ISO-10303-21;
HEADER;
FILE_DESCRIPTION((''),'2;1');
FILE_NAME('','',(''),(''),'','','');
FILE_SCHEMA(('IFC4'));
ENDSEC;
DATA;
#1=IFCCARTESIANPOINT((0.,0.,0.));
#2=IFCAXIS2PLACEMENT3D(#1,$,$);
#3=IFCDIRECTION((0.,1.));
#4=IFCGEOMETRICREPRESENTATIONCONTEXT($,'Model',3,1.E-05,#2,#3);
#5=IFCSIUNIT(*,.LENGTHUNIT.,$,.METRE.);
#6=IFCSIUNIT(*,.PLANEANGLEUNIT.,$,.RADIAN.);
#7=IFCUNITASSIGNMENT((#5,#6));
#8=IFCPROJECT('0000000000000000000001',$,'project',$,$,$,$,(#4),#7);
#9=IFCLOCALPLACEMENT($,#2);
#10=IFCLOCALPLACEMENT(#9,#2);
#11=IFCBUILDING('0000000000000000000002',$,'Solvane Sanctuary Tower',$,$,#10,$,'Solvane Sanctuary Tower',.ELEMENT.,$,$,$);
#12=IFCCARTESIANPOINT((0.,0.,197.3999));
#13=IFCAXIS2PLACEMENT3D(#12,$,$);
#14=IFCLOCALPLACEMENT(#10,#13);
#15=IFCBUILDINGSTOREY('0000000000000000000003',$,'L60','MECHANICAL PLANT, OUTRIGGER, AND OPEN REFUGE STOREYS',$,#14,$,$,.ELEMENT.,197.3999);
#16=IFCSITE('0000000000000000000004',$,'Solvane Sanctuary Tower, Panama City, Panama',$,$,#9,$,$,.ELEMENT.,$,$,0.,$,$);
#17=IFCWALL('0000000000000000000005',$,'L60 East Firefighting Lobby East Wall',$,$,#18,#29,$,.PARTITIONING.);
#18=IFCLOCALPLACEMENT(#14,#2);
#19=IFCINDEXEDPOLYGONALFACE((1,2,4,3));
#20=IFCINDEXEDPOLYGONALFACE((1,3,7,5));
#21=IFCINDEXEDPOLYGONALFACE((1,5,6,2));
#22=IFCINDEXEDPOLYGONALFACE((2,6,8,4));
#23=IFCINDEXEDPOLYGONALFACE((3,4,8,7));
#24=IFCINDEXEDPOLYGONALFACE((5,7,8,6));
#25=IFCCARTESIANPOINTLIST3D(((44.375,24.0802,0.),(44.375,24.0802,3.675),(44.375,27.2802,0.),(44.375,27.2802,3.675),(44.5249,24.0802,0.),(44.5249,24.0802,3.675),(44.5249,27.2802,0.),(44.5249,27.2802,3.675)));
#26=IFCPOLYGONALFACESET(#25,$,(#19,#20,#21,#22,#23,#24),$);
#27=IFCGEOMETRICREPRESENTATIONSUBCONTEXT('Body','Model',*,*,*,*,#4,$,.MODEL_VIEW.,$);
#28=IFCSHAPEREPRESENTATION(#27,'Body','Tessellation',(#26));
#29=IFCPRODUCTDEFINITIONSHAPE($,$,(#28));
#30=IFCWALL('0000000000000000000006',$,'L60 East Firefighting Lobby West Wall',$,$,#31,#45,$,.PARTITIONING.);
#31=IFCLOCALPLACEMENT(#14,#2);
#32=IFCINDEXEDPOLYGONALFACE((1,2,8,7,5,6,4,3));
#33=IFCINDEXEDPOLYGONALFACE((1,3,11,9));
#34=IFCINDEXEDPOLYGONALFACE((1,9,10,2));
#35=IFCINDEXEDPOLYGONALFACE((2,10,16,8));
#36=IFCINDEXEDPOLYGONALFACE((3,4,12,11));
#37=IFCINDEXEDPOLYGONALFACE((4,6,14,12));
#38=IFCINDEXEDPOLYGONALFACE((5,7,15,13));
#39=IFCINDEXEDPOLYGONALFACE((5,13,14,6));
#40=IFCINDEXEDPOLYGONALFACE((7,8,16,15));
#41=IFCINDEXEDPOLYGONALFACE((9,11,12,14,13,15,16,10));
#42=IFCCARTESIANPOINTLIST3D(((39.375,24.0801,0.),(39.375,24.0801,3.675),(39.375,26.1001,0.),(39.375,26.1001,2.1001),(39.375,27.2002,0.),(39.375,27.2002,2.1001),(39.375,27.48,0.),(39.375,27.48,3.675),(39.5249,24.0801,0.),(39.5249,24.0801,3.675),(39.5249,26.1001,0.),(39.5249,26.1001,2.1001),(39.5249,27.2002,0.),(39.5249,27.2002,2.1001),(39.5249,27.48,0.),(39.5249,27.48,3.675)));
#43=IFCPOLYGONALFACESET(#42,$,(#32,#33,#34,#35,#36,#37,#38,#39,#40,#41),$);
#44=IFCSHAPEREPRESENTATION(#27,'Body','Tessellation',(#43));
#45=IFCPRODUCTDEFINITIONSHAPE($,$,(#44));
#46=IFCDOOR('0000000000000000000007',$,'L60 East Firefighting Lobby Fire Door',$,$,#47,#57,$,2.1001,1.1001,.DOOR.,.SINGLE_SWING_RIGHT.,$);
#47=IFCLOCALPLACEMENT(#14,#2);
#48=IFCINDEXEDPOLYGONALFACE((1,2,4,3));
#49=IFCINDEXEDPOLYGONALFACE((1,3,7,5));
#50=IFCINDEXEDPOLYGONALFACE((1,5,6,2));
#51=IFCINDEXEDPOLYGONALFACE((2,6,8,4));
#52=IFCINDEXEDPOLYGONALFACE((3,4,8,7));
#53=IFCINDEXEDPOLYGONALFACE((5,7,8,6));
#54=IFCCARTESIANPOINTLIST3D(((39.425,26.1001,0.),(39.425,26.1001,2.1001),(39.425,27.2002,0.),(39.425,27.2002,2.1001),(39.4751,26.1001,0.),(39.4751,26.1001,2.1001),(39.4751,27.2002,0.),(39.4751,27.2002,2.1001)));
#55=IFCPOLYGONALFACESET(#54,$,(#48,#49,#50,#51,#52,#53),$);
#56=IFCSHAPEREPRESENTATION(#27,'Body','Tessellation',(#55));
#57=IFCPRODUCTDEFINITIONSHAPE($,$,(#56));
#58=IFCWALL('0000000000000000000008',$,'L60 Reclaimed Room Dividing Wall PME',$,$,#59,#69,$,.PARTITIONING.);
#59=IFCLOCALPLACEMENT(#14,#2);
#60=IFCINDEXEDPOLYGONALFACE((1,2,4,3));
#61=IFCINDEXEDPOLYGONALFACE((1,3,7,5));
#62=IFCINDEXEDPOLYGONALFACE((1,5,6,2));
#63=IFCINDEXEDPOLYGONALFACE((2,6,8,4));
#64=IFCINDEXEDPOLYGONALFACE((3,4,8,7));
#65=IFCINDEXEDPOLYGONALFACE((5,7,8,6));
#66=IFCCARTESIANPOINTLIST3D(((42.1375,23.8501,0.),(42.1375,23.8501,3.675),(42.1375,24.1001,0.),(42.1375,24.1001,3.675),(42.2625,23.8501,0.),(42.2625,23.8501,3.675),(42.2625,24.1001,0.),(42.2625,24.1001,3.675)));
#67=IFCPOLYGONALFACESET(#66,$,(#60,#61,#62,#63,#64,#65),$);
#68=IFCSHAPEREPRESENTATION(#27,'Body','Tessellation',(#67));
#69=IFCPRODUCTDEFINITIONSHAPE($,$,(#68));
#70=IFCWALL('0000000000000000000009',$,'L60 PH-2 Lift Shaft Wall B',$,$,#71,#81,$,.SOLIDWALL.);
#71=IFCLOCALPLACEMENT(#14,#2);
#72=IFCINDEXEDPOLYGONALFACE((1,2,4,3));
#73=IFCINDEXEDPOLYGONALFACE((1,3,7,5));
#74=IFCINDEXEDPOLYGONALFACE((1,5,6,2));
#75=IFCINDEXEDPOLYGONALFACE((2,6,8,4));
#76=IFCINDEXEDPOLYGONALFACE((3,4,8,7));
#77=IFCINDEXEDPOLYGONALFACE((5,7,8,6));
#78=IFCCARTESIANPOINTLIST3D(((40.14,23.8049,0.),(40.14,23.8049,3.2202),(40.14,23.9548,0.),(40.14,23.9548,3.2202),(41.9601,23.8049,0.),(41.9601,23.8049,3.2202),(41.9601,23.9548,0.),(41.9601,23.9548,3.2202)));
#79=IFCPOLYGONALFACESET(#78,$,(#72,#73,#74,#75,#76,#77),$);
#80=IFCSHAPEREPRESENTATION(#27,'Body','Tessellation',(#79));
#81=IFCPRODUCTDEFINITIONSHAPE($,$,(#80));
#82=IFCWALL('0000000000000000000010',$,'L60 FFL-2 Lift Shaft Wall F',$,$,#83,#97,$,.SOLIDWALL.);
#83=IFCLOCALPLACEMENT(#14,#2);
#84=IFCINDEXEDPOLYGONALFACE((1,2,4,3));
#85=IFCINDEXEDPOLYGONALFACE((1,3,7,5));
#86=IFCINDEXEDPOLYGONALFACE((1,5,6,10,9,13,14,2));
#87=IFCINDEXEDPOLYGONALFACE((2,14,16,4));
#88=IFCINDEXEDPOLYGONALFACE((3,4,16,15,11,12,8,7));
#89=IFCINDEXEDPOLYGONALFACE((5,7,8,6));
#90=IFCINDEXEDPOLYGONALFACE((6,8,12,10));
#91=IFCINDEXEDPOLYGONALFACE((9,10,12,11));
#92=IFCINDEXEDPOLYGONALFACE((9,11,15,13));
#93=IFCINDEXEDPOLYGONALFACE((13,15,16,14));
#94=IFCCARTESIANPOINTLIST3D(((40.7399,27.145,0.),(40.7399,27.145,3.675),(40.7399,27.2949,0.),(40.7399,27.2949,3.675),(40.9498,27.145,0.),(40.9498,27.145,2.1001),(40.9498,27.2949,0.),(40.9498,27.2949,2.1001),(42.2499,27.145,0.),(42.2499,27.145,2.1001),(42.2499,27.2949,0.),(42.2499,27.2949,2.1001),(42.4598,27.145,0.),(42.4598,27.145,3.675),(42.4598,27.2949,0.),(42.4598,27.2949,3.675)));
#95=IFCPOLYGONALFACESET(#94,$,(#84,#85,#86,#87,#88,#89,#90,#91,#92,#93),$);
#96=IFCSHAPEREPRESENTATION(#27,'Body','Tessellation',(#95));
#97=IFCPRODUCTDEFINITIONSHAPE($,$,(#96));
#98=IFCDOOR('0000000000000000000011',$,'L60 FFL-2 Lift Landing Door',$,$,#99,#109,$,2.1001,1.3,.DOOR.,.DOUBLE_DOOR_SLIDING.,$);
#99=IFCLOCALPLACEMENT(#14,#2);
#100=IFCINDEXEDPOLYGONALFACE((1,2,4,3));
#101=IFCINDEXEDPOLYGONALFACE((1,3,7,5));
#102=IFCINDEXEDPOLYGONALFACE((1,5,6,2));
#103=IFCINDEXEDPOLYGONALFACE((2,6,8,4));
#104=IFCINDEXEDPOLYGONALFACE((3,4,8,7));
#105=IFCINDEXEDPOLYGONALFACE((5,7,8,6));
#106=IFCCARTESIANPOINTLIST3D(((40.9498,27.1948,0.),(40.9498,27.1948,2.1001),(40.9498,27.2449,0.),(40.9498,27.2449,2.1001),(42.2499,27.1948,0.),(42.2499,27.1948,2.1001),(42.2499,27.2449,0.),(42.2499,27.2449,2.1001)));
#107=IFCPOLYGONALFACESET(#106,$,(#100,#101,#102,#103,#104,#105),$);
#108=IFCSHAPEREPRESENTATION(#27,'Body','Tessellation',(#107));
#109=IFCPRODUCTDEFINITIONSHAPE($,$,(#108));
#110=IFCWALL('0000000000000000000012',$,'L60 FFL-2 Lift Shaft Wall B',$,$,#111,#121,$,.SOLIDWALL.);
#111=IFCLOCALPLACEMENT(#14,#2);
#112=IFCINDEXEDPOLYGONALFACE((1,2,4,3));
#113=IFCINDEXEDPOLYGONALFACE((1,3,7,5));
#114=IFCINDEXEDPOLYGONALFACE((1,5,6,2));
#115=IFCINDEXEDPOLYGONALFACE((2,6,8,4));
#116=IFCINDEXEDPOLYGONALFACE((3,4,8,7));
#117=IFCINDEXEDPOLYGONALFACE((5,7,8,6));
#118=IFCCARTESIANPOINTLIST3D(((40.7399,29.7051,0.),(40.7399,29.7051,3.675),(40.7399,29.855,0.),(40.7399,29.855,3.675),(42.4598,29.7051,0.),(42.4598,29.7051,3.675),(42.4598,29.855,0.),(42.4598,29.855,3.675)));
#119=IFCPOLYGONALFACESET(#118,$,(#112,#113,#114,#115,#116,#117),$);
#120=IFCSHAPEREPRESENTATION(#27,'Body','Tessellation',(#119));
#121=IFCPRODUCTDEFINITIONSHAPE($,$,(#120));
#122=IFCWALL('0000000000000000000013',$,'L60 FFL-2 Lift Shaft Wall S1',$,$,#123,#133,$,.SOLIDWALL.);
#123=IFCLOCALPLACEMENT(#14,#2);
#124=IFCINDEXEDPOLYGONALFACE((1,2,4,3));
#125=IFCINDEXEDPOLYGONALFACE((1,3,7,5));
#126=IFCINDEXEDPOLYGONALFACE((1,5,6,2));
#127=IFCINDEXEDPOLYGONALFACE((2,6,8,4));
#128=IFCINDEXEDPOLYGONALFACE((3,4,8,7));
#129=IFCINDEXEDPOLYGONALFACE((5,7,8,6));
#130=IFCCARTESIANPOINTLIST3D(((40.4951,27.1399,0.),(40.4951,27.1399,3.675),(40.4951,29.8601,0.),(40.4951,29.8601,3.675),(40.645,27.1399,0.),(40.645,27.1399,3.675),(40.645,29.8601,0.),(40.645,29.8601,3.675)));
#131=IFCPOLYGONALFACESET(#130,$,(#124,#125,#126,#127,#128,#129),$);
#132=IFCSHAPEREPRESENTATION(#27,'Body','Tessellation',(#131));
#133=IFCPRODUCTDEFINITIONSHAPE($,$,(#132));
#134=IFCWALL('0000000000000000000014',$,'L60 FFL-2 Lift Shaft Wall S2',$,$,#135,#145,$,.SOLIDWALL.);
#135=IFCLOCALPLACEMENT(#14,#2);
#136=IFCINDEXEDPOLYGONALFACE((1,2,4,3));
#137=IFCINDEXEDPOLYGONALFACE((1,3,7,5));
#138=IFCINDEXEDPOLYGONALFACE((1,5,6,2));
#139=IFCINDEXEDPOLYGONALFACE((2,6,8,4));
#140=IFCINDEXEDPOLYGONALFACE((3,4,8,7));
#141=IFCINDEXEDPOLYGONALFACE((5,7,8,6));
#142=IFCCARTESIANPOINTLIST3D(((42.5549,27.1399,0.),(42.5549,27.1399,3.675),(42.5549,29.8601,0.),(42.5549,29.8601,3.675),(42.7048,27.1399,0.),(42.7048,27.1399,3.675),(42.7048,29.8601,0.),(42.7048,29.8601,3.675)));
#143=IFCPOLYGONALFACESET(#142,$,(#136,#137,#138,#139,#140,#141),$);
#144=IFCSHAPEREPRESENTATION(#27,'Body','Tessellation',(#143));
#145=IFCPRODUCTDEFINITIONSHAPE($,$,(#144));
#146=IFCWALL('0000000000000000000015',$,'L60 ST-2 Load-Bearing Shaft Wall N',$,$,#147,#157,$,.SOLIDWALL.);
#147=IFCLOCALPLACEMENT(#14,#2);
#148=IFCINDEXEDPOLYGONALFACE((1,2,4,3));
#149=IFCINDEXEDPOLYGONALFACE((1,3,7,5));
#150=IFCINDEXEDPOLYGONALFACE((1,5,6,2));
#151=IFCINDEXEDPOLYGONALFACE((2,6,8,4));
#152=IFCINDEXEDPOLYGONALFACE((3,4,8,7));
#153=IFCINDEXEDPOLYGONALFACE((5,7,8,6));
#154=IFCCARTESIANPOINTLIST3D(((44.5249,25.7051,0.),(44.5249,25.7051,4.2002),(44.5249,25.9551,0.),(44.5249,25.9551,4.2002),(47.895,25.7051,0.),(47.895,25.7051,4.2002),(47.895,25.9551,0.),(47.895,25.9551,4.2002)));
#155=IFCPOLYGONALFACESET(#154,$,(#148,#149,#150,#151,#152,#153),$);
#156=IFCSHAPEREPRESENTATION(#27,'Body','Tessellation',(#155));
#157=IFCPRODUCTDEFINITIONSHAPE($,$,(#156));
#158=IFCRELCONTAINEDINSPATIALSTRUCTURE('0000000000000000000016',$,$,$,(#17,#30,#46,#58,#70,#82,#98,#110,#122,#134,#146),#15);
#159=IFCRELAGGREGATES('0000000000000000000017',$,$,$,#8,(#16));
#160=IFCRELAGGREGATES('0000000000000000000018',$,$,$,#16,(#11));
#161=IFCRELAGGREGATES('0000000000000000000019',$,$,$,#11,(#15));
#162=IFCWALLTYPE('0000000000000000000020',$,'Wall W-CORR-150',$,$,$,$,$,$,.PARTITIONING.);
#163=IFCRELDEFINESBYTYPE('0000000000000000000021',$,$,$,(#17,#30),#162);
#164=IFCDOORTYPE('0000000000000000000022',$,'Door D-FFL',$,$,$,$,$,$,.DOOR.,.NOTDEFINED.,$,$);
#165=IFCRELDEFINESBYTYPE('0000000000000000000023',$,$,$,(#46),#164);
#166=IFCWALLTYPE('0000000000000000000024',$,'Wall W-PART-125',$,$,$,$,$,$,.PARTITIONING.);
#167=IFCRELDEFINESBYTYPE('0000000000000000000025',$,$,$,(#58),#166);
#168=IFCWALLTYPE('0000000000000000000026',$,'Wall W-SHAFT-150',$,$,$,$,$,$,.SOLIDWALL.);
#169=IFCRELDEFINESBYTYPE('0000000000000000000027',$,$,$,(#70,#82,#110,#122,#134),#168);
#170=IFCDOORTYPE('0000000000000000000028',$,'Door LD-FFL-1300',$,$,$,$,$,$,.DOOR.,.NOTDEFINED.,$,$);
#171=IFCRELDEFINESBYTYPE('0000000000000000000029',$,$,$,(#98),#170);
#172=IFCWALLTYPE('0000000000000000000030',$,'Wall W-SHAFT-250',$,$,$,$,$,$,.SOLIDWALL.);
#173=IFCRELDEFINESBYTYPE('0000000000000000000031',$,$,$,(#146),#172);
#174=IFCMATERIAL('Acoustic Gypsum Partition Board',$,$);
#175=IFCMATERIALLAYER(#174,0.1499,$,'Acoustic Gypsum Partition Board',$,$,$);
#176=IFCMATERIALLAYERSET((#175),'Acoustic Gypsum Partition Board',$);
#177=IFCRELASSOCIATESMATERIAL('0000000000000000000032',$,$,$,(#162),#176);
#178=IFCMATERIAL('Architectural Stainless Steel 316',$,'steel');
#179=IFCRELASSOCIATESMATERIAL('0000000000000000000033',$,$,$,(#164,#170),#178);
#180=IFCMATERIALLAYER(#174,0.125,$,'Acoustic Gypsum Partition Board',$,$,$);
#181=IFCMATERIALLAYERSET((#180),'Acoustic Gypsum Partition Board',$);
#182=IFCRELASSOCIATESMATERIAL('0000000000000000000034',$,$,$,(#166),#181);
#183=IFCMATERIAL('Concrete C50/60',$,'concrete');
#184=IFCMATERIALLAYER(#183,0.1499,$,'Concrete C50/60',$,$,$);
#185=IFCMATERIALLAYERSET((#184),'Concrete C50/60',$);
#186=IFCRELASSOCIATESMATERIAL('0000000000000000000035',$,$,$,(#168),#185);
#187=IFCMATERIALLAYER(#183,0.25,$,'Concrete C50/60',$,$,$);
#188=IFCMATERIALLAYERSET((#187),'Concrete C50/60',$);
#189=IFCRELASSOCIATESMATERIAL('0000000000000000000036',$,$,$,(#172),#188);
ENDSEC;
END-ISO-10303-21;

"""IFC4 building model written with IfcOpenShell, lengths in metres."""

from ifc_helpers import new_model, si_unit, direction, frame, frame_2d, origin, place, context, subcontext, project, spatial, rectangle, extrude, material, layer, layer_set, type_object, element, fill, save


model = new_model("IFC4")

# Units and contexts
model_context = context("Model", 3, precision=1e-05, world=origin(), true_north=direction((0.0, 1.0)))
body_context = subcontext(model_context, "Body", "Model", "MODEL_VIEW")
ifc_project = project(units=[si_unit("LENGTHUNIT", "METRE"), si_unit("PLANEANGLEUNIT", "RADIAN")], contexts=[model_context])

# Site, building, storey
site_placement = place(None, origin())
site = spatial("IfcSite", under=ifc_project, at=site_placement, Name="Solvane Sanctuary Tower, Panama City, Panama", CompositionType="ELEMENT", RefElevation=0.0)
building_placement = place(site_placement, origin())
building = spatial("IfcBuilding", under=site, at=building_placement, Name="Solvane Sanctuary Tower", LongName="Solvane Sanctuary Tower", CompositionType="ELEMENT")
storey_placement = place(building_placement, frame((0.0, 0.0, 197.3999)))
storey = spatial("IfcBuildingStorey", under=building, at=storey_placement, Name="L60", Description="MECHANICAL PLANT, OUTRIGGER, AND OPEN REFUGE STOREYS", CompositionType="ELEMENT", Elevation=197.3999)

# Shared definitions
ifc_material_1 = material(Name="Concrete C50/60", Category="concrete")

# Wall
ifc_material_2 = material(Name="Acoustic Gypsum Partition Board")
ifc_layer_1 = layer(ifc_material_2, 0.1499, Name="Acoustic Gypsum Partition Board")
ifc_layer_set_1 = layer_set([ifc_layer_1], Name="Acoustic Gypsum Partition Board")
wall_type_1 = type_object("IfcWallType", Name="Wall W-CORR-150", PredefinedType="PARTITIONING", material=ifc_layer_set_1)
wall_1_placement = place(storey_placement, frame((44.45, 24.0801, 0.0), z_axis=(0.0, 0.0, 1.0), x_axis=(0.0, 1.0, 0.0)))
element("IfcWall", 1, at=wall_1_placement, inside=storey, type_object=wall_type_1, Name="L60 East Firefighting Lobby East Wall", PredefinedType="PARTITIONING", context=body_context, shape_type="SweptSolid", body=[
    extrude(rectangle(XDim=3.2, YDim=0.1499, at=frame_2d((1.6001, 0.0))), origin(), (0.0, 0.0, 1.0), 3.675),
])

# Wall, opening, door
wall_2_placement = place(storey_placement, frame((39.45, 24.0801, 0.0), z_axis=(0.0, 0.0, 1.0), x_axis=(0.0, 1.0, 0.0)))
wall_2 = element("IfcWall", 2, at=wall_2_placement, inside=storey, type_object=wall_type_1, Name="L60 East Firefighting Lobby West Wall", PredefinedType="PARTITIONING", context=body_context, shape_type="SweptSolid", body=[
    extrude(rectangle(XDim=3.3999, YDim=0.1499, at=frame_2d((1.7, 0.0))), origin(), (0.0, 0.0, 1.0), 3.675),
])
opening_1_placement = place(wall_2_placement, frame((2.02, 0.0, 0.0)))
opening_1 = element("IfcOpeningElement", 3, at=opening_1_placement, cuts=wall_2, PredefinedType="OPENING", context=body_context, shape_type="SweptSolid", body=[
    extrude(rectangle(XDim=1.1001, YDim=2.1001, at=frame_2d((0.55, 1.05))), frame((0.0, 0.085, 0.0), z_axis=(0.0, -1.0, 0.0), x_axis=(1.0, 0.0, 0.0)), (0.0, 0.0, 1.0), 0.1699),
])
ifc_material_3 = material(Name="Architectural Stainless Steel 316", Category="steel")
door_type_1 = type_object("IfcDoorType", Name="Door D-FFL", OperationType="NOTDEFINED", PredefinedType="DOOR", material=ifc_material_3)
door_1_placement = place(opening_1_placement, origin())
door_1 = element("IfcDoor", 4, at=door_1_placement, inside=storey, type_object=door_type_1, Name="L60 East Firefighting Lobby Fire Door", OperationType="SINGLE_SWING_RIGHT", OverallHeight=2.1001, OverallWidth=1.1001, PredefinedType="DOOR", context=body_context, shape_type="SweptSolid", body=[
    extrude(rectangle(XDim=1.1001, YDim=2.1001, at=frame_2d((0.55, 1.05))), frame((0.0, 0.0249, 0.0), z_axis=(0.0, -1.0, 0.0), x_axis=(1.0, 0.0, 0.0)), (0.0, 0.0, 1.0), 0.05),
])
fill(opening_1, door_1)

# Walls
ifc_layer_2 = layer(ifc_material_2, 0.125, Name="Acoustic Gypsum Partition Board")
ifc_layer_set_2 = layer_set([ifc_layer_2], Name="Acoustic Gypsum Partition Board")
wall_type_2 = type_object("IfcWallType", Name="Wall W-PART-125", PredefinedType="PARTITIONING", material=ifc_layer_set_2)
wall_3_placement = place(storey_placement, frame((42.2, 23.8501, 0.0), z_axis=(0.0, 0.0, 1.0), x_axis=(0.0, 1.0, 0.0)))
element("IfcWall", 5, at=wall_3_placement, inside=storey, type_object=wall_type_2, Name="L60 Reclaimed Room Dividing Wall PME", PredefinedType="PARTITIONING", context=body_context, shape_type="SweptSolid", body=[
    extrude(rectangle(XDim=0.25, YDim=0.125, at=frame_2d((0.125, 0.0))), origin(), (0.0, 0.0, 1.0), 3.675),
])
ifc_layer_3 = layer(ifc_material_1, 0.1499, Name="Concrete C50/60")
ifc_layer_set_3 = layer_set([ifc_layer_3], Name="Concrete C50/60")
wall_type_3 = type_object("IfcWallType", Name="Wall W-SHAFT-150", PredefinedType="SOLIDWALL", material=ifc_layer_set_3)
wall_4_placement = place(storey_placement, frame((40.1399, 23.8799, 0.0), z_axis=(0.0, 0.0, 1.0), x_axis=(1.0, 0.0, 0.0)))
element("IfcWall", 6, at=wall_4_placement, inside=storey, type_object=wall_type_3, Name="L60 PH-2 Lift Shaft Wall B", PredefinedType="SOLIDWALL", context=body_context, shape_type="SweptSolid", body=[
    extrude(rectangle(XDim=1.8201, YDim=0.1499, at=frame_2d((0.9102, 0.0))), origin(), (0.0, 0.0, 1.0), 3.2202),
])

# Wall, opening, door
wall_5_placement = place(storey_placement, frame((40.74, 27.22, 0.0), z_axis=(0.0, 0.0, 1.0), x_axis=(1.0, 0.0, 0.0)))
wall_5 = element("IfcWall", 7, at=wall_5_placement, inside=storey, type_object=wall_type_3, Name="L60 FFL-2 Lift Shaft Wall F", PredefinedType="SOLIDWALL", context=body_context, shape_type="SweptSolid", body=[
    extrude(rectangle(XDim=1.72, YDim=0.1499, at=frame_2d((0.8599, 0.0))), origin(), (0.0, 0.0, 1.0), 3.675),
])
opening_2_placement = place(wall_5_placement, frame((0.21, 0.0, 0.0)))
opening_2 = element("IfcOpeningElement", 8, at=opening_2_placement, cuts=wall_5, PredefinedType="OPENING", context=body_context, shape_type="SweptSolid", body=[
    extrude(rectangle(XDim=1.3, YDim=2.1001, at=frame_2d((0.6499, 1.05))), frame((0.0, 0.085, 0.0), z_axis=(0.0, -1.0, 0.0), x_axis=(1.0, 0.0, 0.0)), (0.0, 0.0, 1.0), 0.1699),
])
door_type_2 = type_object("IfcDoorType", Name="Door LD-FFL-1300", OperationType="NOTDEFINED", PredefinedType="DOOR", material=ifc_material_3)
door_2_placement = place(opening_2_placement, origin())
door_2 = element("IfcDoor", 9, at=door_2_placement, inside=storey, type_object=door_type_2, Name="L60 FFL-2 Lift Landing Door", OperationType="DOUBLE_DOOR_SLIDING", OverallHeight=2.1001, OverallWidth=1.3, PredefinedType="DOOR", context=body_context, shape_type="SweptSolid", body=[
    extrude(rectangle(XDim=1.3, YDim=2.1001, at=frame_2d((0.6499, 1.05))), frame((0.0, 0.0249, 0.0), z_axis=(0.0, -1.0, 0.0), x_axis=(1.0, 0.0, 0.0)), (0.0, 0.0, 1.0), 0.05),
])
fill(opening_2, door_2)

# Walls
wall_6_placement = place(storey_placement, frame((40.74, 29.78, 0.0), z_axis=(0.0, 0.0, 1.0), x_axis=(1.0, 0.0, 0.0)))
element("IfcWall", 10, at=wall_6_placement, inside=storey, type_object=wall_type_3, Name="L60 FFL-2 Lift Shaft Wall B", PredefinedType="SOLIDWALL", context=body_context, shape_type="SweptSolid", body=[
    extrude(rectangle(XDim=1.72, YDim=0.1499, at=frame_2d((0.8599, 0.0))), origin(), (0.0, 0.0, 1.0), 3.675),
])
for number, where, z_axis, x_axis, name in (
    (11, (40.5701, 27.1399, 0.0), (0.0, 0.0, 1.0), (0.0, 1.0, 0.0), "L60 FFL-2 Lift Shaft Wall S1"),
    (12, (42.6299, 27.1399, 0.0), (0.0, 0.0, 1.0), (0.0, 1.0, 0.0), "L60 FFL-2 Lift Shaft Wall S2"),
):
    element("IfcWall", number, at=place(storey_placement, frame(where, z_axis=z_axis, x_axis=x_axis)), inside=storey, type_object=wall_type_3, Name=name, PredefinedType="SOLIDWALL", context=body_context, shape_type="SweptSolid", body=[
        extrude(rectangle(XDim=2.7202, YDim=0.1499, at=frame_2d((1.3601, 0.0))), origin(), (0.0, 0.0, 1.0), 3.675),
    ])
ifc_layer_4 = layer(ifc_material_1, 0.25, Name="Concrete C50/60")
ifc_layer_set_4 = layer_set([ifc_layer_4], Name="Concrete C50/60")
wall_type_4 = type_object("IfcWallType", Name="Wall W-SHAFT-250", PredefinedType="SOLIDWALL", material=ifc_layer_set_4)
wall_7_placement = place(storey_placement, frame((44.5249, 25.8301, 0.0), z_axis=(0.0, 0.0, 1.0), x_axis=(1.0, 0.0, 0.0)))
element("IfcWall", 13, at=wall_7_placement, inside=storey, type_object=wall_type_4, Name="L60 ST-2 Load-Bearing Shaft Wall N", PredefinedType="SOLIDWALL", context=body_context, shape_type="SweptSolid", body=[
    extrude(rectangle(XDim=3.3701, YDim=0.25, at=frame_2d((1.6851, 0.0))), origin(), (0.0, 0.0, 1.0), 4.2002),
])

save(model, "model.ifc")
